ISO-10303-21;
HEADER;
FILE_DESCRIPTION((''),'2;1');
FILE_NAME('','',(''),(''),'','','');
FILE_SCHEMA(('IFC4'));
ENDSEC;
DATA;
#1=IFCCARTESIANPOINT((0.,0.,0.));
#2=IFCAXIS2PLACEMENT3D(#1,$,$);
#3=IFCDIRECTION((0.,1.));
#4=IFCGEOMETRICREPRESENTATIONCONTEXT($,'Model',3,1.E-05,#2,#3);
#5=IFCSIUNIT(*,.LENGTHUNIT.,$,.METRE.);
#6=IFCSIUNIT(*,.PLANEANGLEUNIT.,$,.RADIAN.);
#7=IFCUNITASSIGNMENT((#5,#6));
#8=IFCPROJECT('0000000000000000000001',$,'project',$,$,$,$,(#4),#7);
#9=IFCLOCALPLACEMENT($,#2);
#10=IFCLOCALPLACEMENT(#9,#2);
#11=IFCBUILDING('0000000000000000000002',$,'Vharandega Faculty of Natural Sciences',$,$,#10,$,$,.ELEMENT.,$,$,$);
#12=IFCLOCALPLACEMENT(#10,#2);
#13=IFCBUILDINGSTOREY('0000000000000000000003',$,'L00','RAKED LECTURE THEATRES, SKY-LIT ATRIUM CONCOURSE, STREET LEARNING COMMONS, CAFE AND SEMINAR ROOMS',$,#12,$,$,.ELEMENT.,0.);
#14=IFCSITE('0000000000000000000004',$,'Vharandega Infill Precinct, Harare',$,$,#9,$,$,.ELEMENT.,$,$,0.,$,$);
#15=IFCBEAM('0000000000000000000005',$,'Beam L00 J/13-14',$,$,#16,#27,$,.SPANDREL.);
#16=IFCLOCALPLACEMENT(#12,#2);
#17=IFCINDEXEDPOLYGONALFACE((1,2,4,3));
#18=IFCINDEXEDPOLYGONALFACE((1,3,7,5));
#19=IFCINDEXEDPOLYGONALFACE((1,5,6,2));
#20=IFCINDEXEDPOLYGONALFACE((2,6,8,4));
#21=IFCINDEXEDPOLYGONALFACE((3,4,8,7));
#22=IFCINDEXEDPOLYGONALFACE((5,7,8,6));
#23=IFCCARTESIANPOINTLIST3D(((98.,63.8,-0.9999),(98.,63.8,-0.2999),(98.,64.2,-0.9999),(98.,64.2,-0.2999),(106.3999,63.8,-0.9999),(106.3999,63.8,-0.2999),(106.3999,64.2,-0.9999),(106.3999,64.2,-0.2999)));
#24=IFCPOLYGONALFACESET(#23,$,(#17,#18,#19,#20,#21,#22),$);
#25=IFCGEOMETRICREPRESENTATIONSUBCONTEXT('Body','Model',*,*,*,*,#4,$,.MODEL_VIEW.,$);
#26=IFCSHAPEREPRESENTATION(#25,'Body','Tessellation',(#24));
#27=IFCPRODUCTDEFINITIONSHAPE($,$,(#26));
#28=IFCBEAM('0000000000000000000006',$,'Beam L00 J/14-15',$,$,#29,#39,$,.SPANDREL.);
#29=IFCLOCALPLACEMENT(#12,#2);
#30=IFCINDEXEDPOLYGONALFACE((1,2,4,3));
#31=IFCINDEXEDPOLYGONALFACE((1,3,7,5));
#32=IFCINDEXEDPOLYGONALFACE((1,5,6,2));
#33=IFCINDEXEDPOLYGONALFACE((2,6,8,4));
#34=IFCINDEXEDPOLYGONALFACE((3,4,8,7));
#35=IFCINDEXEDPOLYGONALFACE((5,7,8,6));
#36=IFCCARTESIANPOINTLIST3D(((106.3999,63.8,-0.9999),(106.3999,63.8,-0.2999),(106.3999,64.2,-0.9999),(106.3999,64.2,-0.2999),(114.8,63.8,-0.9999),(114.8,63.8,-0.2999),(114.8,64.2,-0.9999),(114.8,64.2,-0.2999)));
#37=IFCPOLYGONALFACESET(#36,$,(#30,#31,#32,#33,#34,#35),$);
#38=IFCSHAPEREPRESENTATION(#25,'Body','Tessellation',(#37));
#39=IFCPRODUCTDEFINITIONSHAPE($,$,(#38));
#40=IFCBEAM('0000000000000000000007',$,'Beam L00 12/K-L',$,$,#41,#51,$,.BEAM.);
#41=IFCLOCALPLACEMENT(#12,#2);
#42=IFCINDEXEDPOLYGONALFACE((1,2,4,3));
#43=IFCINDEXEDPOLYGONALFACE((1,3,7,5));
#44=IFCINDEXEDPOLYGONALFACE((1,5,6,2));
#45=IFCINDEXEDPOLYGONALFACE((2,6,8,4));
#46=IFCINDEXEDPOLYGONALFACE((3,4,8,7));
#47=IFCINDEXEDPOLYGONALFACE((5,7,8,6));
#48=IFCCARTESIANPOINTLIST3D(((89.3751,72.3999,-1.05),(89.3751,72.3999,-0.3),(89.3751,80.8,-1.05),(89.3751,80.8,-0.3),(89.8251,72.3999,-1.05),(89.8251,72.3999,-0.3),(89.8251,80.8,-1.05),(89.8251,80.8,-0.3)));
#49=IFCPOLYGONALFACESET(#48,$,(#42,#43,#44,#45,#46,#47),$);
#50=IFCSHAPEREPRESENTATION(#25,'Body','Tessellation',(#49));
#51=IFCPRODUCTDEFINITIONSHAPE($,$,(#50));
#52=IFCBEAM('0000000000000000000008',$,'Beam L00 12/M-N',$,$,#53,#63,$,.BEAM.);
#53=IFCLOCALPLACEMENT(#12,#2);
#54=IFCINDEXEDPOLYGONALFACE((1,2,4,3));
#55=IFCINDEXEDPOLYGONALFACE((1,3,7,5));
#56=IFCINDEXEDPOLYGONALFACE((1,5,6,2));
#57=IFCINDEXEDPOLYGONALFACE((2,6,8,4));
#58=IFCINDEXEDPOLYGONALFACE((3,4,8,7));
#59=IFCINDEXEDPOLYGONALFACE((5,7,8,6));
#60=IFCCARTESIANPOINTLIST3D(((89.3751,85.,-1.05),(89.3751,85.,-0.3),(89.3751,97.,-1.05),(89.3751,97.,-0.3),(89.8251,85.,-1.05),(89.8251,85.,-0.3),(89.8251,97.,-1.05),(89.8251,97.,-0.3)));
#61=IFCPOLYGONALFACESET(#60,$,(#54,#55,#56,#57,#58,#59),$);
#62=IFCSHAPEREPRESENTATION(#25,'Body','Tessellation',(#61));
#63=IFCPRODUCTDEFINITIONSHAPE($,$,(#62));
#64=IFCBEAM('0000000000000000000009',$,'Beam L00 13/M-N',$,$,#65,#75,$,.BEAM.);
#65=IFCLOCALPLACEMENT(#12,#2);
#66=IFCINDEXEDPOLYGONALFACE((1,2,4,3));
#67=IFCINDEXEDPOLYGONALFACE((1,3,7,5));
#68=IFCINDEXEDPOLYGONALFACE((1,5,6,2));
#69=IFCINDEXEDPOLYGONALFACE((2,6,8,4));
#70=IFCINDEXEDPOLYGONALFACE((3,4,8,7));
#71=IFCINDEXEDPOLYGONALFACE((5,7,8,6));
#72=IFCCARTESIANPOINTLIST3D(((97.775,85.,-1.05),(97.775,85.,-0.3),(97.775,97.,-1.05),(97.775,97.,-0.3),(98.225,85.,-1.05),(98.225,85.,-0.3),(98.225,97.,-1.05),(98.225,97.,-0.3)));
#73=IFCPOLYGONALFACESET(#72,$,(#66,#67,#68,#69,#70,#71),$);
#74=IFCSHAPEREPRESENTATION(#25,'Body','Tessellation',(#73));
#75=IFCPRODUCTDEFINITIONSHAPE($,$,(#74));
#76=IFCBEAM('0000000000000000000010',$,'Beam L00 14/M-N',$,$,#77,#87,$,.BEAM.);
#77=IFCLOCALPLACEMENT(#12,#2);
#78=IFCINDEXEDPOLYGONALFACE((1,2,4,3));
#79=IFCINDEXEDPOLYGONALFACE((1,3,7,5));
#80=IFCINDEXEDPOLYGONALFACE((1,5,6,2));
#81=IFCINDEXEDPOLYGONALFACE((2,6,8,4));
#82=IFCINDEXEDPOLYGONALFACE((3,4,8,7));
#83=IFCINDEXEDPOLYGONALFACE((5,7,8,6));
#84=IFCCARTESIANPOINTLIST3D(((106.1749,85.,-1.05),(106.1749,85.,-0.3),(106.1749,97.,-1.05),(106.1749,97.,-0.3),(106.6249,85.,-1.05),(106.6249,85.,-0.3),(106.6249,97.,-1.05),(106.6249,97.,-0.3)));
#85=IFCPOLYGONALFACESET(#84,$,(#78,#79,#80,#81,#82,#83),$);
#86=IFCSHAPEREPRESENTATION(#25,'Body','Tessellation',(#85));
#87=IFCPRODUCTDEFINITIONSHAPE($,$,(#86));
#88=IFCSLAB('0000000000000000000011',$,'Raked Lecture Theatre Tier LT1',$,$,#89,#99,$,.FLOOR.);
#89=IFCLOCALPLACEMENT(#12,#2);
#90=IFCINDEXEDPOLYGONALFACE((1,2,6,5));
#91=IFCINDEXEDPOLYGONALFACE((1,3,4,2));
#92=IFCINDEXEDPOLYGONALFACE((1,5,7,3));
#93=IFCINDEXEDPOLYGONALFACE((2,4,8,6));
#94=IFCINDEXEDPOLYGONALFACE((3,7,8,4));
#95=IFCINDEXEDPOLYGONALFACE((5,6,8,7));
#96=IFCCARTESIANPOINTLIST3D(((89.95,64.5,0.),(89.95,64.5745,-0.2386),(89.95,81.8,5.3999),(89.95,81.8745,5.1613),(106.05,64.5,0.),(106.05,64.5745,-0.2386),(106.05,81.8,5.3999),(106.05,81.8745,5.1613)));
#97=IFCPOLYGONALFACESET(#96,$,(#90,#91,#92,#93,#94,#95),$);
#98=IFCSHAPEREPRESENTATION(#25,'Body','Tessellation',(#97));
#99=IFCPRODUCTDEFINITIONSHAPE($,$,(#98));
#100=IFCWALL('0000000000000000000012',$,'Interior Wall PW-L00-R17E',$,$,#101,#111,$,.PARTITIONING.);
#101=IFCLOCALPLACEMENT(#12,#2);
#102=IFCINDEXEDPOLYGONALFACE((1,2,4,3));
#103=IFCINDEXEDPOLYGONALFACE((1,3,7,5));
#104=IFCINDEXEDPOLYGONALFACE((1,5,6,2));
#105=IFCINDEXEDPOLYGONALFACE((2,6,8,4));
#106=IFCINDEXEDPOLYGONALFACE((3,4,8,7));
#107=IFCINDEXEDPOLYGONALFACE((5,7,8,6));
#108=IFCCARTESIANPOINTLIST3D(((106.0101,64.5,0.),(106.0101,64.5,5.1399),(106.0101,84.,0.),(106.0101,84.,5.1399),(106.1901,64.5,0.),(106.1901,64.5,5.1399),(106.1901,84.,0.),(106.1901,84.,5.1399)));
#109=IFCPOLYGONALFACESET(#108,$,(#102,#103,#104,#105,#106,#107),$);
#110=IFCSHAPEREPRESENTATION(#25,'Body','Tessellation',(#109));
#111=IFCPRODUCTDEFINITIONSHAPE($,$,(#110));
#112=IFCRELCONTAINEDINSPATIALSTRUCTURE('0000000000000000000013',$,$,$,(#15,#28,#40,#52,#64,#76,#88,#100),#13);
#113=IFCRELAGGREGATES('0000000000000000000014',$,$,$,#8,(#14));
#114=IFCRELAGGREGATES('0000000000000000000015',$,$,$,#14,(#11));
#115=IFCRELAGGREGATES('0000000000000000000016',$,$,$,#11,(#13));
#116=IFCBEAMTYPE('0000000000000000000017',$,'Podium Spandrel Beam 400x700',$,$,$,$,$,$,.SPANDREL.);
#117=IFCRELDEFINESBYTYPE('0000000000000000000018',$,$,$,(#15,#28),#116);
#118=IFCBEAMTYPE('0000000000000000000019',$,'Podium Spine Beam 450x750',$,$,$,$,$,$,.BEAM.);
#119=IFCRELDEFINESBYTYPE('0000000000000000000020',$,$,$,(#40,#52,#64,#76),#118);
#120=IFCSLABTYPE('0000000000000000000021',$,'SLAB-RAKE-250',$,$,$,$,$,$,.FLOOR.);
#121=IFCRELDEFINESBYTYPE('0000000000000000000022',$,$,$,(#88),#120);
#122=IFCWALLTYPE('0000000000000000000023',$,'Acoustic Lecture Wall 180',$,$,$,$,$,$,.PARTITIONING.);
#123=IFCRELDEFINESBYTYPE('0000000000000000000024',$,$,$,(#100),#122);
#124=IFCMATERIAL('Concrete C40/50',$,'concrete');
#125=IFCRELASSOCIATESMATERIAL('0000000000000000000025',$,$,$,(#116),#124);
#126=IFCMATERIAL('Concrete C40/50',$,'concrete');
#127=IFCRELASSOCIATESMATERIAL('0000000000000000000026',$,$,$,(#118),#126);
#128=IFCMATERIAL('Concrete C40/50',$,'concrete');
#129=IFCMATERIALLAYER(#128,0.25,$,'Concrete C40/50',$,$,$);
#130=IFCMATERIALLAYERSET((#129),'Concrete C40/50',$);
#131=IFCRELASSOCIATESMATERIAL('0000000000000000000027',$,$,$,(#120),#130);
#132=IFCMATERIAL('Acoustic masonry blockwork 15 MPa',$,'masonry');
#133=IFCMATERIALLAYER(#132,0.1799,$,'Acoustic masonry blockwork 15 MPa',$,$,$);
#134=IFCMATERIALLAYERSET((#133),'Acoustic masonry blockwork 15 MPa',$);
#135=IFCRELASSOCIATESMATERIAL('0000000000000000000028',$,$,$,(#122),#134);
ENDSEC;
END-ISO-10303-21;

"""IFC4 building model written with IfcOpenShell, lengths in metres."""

from ifc_helpers import new_model, si_unit, direction, frame, frame_2d, origin, origin_2d, place, context, subcontext, project, spatial, polyline, rectangle, outline, extrude, material, layer, layer_set, material_profile, profile_set, type_object, element, save


model = new_model("IFC4")

# Units and contexts
model_context = context("Model", 3, precision=1e-05, world=origin(), true_north=direction((0.0, 1.0)))
body_context = subcontext(model_context, "Body", "Model", "MODEL_VIEW")
ifc_project = project(units=[si_unit("LENGTHUNIT", "METRE"), si_unit("PLANEANGLEUNIT", "RADIAN")], contexts=[model_context])

# Site, building, storey
site_placement = place(None, origin())
site = spatial("IfcSite", under=ifc_project, at=site_placement, Name="Vharandega Infill Precinct, Harare", CompositionType="ELEMENT", RefElevation=0.0)
building_placement = place(site_placement, origin())
building = spatial("IfcBuilding", under=site, at=building_placement, Name="Vharandega Faculty of Natural Sciences", CompositionType="ELEMENT")
storey_placement = place(building_placement, origin())
storey = spatial("IfcBuildingStorey", under=building, at=storey_placement, Name="L00", Description="RAKED LECTURE THEATRES, SKY-LIT ATRIUM CONCOURSE, STREET LEARNING COMMONS, CAFE AND SEMINAR ROOMS", CompositionType="ELEMENT", Elevation=0.0)

# Beams
ifc_material_1 = material(Name="Concrete C40/50", Category="concrete")
ifc_material_profile_1 = material_profile(ifc_material_1, rectangle(XDim=0.3999, YDim=0.7, at=origin_2d()), Name="RC 400x700")
ifc_profile_set_1 = profile_set([ifc_material_profile_1], Name="Concrete C40/50")
beam_type_1 = type_object("IfcBeamType", Name="Podium Spandrel Beam 400x700", PredefinedType="SPANDREL", material=ifc_profile_set_1)
beam_1_placement = place(storey_placement, frame((98.0, 64.0, -0.6499), z_axis=(1.0, 0.0, 0.0), x_axis=(0.0, 1.0, 0.0)))
element("IfcBeam", 1, at=beam_1_placement, inside=storey, type_object=beam_type_1, Name="Beam L00 J/13-14", PredefinedType="SPANDREL", context=body_context, shape_type="SweptSolid", body=[
    extrude(rectangle(XDim=0.3999, YDim=0.7, at=origin_2d()), origin(), (0.0, 0.0, 1.0), 8.3999),
])
beam_2_placement = place(storey_placement, frame((106.3999, 64.0, -0.6499), z_axis=(1.0, 0.0, 0.0), x_axis=(0.0, 1.0, 0.0)))
element("IfcBeam", 2, at=beam_2_placement, inside=storey, type_object=beam_type_1, Name="Beam L00 J/14-15", PredefinedType="SPANDREL", context=body_context, shape_type="SweptSolid", body=[
    extrude(rectangle(XDim=0.3999, YDim=0.7, at=origin_2d()), origin(), (0.0, 0.0, 1.0), 8.4001),
])
ifc_material_2 = material(Name="Concrete C40/50", Category="concrete")
ifc_material_profile_2 = material_profile(ifc_material_2, rectangle(XDim=0.45, YDim=0.75, at=origin_2d()), Name="RC 450x750")
ifc_profile_set_2 = profile_set([ifc_material_profile_2], Name="Concrete C40/50")
beam_type_2 = type_object("IfcBeamType", Name="Podium Spine Beam 450x750", PredefinedType="BEAM", material=ifc_profile_set_2)
beam_3_placement = place(storey_placement, frame((89.6001, 72.3999, -0.675), z_axis=(0.0, 1.0, 0.0), x_axis=(-1.0, 0.0, 0.0)))
element("IfcBeam", 3, at=beam_3_placement, inside=storey, type_object=beam_type_2, Name="Beam L00 12/K-L", PredefinedType="BEAM", context=body_context, shape_type="SweptSolid", body=[
    extrude(rectangle(XDim=0.45, YDim=0.75, at=origin_2d()), origin(), (0.0, 0.0, 1.0), 8.4001),
])
for number, where, z_axis, x_axis, name in (
    (4, (89.6001, 85.0, -0.675), (0.0, 1.0, 0.0), (-1.0, 0.0, 0.0), "Beam L00 12/M-N"),
    (5, (98.0, 85.0, -0.675), (0.0, 1.0, 0.0), (-1.0, 0.0, 0.0), "Beam L00 13/M-N"),
    (6, (106.3999, 85.0, -0.675), (0.0, 1.0, 0.0), (-1.0, 0.0, 0.0), "Beam L00 14/M-N"),
):
    element("IfcBeam", number, at=place(storey_placement, frame(where, z_axis=z_axis, x_axis=x_axis)), inside=storey, type_object=beam_type_2, Name=name, PredefinedType="BEAM", context=body_context, shape_type="SweptSolid", body=[
        extrude(rectangle(XDim=0.45, YDim=0.75, at=origin_2d()), origin(), (0.0, 0.0, 1.0), 12.0),
    ])

# Slab
ifc_material_3 = material(Name="Concrete C40/50", Category="concrete")
ifc_layer_1 = layer(ifc_material_3, 0.25, Name="Concrete C40/50")
ifc_layer_set_1 = layer_set([ifc_layer_1], Name="Concrete C40/50")
slab_type = type_object("IfcSlabType", Name="SLAB-RAKE-250", PredefinedType="FLOOR", material=ifc_layer_set_1)
slab_placement = place(storey_placement, frame((89.95, 64.5, 0.0), z_axis=(0.0, -0.297955, 0.95458), x_axis=(1.0, 0.0, 0.0)))
element("IfcSlab", 7, at=slab_placement, inside=storey, type_object=slab_type, Name="Raked Lecture Theatre Tier LT1", PredefinedType="FLOOR", context=body_context, shape_type="SweptSolid", body=[
    extrude(outline(polyline([(0.0, 0.0), (16.1001, 0.0), (16.1001, 18.1232), (0.0, 18.1232), (0.0, 0.0)])), origin(), (0.0, 0.0, -1.0), 0.25),
])

# Wall
ifc_material_4 = material(Name="Acoustic masonry blockwork 15 MPa", Category="masonry")
ifc_layer_2 = layer(ifc_material_4, 0.1799, Name="Acoustic masonry blockwork 15 MPa")
ifc_layer_set_2 = layer_set([ifc_layer_2], Name="Acoustic masonry blockwork 15 MPa")
wall_type = type_object("IfcWallType", Name="Acoustic Lecture Wall 180", PredefinedType="PARTITIONING", material=ifc_layer_set_2)
wall_placement = place(storey_placement, frame((106.1001, 64.5, 0.0), z_axis=(0.0, 0.0, 1.0), x_axis=(0.0, 1.0, 0.0)))
element("IfcWall", 8, at=wall_placement, inside=storey, type_object=wall_type, Name="Interior Wall PW-L00-R17E", PredefinedType="PARTITIONING", context=body_context, shape_type="SweptSolid", body=[
    extrude(rectangle(XDim=19.5, YDim=0.1799, at=frame_2d((9.75, 0.0))), origin(), (0.0, 0.0, 1.0), 5.1399),
])

save(model, "model.ifc")
